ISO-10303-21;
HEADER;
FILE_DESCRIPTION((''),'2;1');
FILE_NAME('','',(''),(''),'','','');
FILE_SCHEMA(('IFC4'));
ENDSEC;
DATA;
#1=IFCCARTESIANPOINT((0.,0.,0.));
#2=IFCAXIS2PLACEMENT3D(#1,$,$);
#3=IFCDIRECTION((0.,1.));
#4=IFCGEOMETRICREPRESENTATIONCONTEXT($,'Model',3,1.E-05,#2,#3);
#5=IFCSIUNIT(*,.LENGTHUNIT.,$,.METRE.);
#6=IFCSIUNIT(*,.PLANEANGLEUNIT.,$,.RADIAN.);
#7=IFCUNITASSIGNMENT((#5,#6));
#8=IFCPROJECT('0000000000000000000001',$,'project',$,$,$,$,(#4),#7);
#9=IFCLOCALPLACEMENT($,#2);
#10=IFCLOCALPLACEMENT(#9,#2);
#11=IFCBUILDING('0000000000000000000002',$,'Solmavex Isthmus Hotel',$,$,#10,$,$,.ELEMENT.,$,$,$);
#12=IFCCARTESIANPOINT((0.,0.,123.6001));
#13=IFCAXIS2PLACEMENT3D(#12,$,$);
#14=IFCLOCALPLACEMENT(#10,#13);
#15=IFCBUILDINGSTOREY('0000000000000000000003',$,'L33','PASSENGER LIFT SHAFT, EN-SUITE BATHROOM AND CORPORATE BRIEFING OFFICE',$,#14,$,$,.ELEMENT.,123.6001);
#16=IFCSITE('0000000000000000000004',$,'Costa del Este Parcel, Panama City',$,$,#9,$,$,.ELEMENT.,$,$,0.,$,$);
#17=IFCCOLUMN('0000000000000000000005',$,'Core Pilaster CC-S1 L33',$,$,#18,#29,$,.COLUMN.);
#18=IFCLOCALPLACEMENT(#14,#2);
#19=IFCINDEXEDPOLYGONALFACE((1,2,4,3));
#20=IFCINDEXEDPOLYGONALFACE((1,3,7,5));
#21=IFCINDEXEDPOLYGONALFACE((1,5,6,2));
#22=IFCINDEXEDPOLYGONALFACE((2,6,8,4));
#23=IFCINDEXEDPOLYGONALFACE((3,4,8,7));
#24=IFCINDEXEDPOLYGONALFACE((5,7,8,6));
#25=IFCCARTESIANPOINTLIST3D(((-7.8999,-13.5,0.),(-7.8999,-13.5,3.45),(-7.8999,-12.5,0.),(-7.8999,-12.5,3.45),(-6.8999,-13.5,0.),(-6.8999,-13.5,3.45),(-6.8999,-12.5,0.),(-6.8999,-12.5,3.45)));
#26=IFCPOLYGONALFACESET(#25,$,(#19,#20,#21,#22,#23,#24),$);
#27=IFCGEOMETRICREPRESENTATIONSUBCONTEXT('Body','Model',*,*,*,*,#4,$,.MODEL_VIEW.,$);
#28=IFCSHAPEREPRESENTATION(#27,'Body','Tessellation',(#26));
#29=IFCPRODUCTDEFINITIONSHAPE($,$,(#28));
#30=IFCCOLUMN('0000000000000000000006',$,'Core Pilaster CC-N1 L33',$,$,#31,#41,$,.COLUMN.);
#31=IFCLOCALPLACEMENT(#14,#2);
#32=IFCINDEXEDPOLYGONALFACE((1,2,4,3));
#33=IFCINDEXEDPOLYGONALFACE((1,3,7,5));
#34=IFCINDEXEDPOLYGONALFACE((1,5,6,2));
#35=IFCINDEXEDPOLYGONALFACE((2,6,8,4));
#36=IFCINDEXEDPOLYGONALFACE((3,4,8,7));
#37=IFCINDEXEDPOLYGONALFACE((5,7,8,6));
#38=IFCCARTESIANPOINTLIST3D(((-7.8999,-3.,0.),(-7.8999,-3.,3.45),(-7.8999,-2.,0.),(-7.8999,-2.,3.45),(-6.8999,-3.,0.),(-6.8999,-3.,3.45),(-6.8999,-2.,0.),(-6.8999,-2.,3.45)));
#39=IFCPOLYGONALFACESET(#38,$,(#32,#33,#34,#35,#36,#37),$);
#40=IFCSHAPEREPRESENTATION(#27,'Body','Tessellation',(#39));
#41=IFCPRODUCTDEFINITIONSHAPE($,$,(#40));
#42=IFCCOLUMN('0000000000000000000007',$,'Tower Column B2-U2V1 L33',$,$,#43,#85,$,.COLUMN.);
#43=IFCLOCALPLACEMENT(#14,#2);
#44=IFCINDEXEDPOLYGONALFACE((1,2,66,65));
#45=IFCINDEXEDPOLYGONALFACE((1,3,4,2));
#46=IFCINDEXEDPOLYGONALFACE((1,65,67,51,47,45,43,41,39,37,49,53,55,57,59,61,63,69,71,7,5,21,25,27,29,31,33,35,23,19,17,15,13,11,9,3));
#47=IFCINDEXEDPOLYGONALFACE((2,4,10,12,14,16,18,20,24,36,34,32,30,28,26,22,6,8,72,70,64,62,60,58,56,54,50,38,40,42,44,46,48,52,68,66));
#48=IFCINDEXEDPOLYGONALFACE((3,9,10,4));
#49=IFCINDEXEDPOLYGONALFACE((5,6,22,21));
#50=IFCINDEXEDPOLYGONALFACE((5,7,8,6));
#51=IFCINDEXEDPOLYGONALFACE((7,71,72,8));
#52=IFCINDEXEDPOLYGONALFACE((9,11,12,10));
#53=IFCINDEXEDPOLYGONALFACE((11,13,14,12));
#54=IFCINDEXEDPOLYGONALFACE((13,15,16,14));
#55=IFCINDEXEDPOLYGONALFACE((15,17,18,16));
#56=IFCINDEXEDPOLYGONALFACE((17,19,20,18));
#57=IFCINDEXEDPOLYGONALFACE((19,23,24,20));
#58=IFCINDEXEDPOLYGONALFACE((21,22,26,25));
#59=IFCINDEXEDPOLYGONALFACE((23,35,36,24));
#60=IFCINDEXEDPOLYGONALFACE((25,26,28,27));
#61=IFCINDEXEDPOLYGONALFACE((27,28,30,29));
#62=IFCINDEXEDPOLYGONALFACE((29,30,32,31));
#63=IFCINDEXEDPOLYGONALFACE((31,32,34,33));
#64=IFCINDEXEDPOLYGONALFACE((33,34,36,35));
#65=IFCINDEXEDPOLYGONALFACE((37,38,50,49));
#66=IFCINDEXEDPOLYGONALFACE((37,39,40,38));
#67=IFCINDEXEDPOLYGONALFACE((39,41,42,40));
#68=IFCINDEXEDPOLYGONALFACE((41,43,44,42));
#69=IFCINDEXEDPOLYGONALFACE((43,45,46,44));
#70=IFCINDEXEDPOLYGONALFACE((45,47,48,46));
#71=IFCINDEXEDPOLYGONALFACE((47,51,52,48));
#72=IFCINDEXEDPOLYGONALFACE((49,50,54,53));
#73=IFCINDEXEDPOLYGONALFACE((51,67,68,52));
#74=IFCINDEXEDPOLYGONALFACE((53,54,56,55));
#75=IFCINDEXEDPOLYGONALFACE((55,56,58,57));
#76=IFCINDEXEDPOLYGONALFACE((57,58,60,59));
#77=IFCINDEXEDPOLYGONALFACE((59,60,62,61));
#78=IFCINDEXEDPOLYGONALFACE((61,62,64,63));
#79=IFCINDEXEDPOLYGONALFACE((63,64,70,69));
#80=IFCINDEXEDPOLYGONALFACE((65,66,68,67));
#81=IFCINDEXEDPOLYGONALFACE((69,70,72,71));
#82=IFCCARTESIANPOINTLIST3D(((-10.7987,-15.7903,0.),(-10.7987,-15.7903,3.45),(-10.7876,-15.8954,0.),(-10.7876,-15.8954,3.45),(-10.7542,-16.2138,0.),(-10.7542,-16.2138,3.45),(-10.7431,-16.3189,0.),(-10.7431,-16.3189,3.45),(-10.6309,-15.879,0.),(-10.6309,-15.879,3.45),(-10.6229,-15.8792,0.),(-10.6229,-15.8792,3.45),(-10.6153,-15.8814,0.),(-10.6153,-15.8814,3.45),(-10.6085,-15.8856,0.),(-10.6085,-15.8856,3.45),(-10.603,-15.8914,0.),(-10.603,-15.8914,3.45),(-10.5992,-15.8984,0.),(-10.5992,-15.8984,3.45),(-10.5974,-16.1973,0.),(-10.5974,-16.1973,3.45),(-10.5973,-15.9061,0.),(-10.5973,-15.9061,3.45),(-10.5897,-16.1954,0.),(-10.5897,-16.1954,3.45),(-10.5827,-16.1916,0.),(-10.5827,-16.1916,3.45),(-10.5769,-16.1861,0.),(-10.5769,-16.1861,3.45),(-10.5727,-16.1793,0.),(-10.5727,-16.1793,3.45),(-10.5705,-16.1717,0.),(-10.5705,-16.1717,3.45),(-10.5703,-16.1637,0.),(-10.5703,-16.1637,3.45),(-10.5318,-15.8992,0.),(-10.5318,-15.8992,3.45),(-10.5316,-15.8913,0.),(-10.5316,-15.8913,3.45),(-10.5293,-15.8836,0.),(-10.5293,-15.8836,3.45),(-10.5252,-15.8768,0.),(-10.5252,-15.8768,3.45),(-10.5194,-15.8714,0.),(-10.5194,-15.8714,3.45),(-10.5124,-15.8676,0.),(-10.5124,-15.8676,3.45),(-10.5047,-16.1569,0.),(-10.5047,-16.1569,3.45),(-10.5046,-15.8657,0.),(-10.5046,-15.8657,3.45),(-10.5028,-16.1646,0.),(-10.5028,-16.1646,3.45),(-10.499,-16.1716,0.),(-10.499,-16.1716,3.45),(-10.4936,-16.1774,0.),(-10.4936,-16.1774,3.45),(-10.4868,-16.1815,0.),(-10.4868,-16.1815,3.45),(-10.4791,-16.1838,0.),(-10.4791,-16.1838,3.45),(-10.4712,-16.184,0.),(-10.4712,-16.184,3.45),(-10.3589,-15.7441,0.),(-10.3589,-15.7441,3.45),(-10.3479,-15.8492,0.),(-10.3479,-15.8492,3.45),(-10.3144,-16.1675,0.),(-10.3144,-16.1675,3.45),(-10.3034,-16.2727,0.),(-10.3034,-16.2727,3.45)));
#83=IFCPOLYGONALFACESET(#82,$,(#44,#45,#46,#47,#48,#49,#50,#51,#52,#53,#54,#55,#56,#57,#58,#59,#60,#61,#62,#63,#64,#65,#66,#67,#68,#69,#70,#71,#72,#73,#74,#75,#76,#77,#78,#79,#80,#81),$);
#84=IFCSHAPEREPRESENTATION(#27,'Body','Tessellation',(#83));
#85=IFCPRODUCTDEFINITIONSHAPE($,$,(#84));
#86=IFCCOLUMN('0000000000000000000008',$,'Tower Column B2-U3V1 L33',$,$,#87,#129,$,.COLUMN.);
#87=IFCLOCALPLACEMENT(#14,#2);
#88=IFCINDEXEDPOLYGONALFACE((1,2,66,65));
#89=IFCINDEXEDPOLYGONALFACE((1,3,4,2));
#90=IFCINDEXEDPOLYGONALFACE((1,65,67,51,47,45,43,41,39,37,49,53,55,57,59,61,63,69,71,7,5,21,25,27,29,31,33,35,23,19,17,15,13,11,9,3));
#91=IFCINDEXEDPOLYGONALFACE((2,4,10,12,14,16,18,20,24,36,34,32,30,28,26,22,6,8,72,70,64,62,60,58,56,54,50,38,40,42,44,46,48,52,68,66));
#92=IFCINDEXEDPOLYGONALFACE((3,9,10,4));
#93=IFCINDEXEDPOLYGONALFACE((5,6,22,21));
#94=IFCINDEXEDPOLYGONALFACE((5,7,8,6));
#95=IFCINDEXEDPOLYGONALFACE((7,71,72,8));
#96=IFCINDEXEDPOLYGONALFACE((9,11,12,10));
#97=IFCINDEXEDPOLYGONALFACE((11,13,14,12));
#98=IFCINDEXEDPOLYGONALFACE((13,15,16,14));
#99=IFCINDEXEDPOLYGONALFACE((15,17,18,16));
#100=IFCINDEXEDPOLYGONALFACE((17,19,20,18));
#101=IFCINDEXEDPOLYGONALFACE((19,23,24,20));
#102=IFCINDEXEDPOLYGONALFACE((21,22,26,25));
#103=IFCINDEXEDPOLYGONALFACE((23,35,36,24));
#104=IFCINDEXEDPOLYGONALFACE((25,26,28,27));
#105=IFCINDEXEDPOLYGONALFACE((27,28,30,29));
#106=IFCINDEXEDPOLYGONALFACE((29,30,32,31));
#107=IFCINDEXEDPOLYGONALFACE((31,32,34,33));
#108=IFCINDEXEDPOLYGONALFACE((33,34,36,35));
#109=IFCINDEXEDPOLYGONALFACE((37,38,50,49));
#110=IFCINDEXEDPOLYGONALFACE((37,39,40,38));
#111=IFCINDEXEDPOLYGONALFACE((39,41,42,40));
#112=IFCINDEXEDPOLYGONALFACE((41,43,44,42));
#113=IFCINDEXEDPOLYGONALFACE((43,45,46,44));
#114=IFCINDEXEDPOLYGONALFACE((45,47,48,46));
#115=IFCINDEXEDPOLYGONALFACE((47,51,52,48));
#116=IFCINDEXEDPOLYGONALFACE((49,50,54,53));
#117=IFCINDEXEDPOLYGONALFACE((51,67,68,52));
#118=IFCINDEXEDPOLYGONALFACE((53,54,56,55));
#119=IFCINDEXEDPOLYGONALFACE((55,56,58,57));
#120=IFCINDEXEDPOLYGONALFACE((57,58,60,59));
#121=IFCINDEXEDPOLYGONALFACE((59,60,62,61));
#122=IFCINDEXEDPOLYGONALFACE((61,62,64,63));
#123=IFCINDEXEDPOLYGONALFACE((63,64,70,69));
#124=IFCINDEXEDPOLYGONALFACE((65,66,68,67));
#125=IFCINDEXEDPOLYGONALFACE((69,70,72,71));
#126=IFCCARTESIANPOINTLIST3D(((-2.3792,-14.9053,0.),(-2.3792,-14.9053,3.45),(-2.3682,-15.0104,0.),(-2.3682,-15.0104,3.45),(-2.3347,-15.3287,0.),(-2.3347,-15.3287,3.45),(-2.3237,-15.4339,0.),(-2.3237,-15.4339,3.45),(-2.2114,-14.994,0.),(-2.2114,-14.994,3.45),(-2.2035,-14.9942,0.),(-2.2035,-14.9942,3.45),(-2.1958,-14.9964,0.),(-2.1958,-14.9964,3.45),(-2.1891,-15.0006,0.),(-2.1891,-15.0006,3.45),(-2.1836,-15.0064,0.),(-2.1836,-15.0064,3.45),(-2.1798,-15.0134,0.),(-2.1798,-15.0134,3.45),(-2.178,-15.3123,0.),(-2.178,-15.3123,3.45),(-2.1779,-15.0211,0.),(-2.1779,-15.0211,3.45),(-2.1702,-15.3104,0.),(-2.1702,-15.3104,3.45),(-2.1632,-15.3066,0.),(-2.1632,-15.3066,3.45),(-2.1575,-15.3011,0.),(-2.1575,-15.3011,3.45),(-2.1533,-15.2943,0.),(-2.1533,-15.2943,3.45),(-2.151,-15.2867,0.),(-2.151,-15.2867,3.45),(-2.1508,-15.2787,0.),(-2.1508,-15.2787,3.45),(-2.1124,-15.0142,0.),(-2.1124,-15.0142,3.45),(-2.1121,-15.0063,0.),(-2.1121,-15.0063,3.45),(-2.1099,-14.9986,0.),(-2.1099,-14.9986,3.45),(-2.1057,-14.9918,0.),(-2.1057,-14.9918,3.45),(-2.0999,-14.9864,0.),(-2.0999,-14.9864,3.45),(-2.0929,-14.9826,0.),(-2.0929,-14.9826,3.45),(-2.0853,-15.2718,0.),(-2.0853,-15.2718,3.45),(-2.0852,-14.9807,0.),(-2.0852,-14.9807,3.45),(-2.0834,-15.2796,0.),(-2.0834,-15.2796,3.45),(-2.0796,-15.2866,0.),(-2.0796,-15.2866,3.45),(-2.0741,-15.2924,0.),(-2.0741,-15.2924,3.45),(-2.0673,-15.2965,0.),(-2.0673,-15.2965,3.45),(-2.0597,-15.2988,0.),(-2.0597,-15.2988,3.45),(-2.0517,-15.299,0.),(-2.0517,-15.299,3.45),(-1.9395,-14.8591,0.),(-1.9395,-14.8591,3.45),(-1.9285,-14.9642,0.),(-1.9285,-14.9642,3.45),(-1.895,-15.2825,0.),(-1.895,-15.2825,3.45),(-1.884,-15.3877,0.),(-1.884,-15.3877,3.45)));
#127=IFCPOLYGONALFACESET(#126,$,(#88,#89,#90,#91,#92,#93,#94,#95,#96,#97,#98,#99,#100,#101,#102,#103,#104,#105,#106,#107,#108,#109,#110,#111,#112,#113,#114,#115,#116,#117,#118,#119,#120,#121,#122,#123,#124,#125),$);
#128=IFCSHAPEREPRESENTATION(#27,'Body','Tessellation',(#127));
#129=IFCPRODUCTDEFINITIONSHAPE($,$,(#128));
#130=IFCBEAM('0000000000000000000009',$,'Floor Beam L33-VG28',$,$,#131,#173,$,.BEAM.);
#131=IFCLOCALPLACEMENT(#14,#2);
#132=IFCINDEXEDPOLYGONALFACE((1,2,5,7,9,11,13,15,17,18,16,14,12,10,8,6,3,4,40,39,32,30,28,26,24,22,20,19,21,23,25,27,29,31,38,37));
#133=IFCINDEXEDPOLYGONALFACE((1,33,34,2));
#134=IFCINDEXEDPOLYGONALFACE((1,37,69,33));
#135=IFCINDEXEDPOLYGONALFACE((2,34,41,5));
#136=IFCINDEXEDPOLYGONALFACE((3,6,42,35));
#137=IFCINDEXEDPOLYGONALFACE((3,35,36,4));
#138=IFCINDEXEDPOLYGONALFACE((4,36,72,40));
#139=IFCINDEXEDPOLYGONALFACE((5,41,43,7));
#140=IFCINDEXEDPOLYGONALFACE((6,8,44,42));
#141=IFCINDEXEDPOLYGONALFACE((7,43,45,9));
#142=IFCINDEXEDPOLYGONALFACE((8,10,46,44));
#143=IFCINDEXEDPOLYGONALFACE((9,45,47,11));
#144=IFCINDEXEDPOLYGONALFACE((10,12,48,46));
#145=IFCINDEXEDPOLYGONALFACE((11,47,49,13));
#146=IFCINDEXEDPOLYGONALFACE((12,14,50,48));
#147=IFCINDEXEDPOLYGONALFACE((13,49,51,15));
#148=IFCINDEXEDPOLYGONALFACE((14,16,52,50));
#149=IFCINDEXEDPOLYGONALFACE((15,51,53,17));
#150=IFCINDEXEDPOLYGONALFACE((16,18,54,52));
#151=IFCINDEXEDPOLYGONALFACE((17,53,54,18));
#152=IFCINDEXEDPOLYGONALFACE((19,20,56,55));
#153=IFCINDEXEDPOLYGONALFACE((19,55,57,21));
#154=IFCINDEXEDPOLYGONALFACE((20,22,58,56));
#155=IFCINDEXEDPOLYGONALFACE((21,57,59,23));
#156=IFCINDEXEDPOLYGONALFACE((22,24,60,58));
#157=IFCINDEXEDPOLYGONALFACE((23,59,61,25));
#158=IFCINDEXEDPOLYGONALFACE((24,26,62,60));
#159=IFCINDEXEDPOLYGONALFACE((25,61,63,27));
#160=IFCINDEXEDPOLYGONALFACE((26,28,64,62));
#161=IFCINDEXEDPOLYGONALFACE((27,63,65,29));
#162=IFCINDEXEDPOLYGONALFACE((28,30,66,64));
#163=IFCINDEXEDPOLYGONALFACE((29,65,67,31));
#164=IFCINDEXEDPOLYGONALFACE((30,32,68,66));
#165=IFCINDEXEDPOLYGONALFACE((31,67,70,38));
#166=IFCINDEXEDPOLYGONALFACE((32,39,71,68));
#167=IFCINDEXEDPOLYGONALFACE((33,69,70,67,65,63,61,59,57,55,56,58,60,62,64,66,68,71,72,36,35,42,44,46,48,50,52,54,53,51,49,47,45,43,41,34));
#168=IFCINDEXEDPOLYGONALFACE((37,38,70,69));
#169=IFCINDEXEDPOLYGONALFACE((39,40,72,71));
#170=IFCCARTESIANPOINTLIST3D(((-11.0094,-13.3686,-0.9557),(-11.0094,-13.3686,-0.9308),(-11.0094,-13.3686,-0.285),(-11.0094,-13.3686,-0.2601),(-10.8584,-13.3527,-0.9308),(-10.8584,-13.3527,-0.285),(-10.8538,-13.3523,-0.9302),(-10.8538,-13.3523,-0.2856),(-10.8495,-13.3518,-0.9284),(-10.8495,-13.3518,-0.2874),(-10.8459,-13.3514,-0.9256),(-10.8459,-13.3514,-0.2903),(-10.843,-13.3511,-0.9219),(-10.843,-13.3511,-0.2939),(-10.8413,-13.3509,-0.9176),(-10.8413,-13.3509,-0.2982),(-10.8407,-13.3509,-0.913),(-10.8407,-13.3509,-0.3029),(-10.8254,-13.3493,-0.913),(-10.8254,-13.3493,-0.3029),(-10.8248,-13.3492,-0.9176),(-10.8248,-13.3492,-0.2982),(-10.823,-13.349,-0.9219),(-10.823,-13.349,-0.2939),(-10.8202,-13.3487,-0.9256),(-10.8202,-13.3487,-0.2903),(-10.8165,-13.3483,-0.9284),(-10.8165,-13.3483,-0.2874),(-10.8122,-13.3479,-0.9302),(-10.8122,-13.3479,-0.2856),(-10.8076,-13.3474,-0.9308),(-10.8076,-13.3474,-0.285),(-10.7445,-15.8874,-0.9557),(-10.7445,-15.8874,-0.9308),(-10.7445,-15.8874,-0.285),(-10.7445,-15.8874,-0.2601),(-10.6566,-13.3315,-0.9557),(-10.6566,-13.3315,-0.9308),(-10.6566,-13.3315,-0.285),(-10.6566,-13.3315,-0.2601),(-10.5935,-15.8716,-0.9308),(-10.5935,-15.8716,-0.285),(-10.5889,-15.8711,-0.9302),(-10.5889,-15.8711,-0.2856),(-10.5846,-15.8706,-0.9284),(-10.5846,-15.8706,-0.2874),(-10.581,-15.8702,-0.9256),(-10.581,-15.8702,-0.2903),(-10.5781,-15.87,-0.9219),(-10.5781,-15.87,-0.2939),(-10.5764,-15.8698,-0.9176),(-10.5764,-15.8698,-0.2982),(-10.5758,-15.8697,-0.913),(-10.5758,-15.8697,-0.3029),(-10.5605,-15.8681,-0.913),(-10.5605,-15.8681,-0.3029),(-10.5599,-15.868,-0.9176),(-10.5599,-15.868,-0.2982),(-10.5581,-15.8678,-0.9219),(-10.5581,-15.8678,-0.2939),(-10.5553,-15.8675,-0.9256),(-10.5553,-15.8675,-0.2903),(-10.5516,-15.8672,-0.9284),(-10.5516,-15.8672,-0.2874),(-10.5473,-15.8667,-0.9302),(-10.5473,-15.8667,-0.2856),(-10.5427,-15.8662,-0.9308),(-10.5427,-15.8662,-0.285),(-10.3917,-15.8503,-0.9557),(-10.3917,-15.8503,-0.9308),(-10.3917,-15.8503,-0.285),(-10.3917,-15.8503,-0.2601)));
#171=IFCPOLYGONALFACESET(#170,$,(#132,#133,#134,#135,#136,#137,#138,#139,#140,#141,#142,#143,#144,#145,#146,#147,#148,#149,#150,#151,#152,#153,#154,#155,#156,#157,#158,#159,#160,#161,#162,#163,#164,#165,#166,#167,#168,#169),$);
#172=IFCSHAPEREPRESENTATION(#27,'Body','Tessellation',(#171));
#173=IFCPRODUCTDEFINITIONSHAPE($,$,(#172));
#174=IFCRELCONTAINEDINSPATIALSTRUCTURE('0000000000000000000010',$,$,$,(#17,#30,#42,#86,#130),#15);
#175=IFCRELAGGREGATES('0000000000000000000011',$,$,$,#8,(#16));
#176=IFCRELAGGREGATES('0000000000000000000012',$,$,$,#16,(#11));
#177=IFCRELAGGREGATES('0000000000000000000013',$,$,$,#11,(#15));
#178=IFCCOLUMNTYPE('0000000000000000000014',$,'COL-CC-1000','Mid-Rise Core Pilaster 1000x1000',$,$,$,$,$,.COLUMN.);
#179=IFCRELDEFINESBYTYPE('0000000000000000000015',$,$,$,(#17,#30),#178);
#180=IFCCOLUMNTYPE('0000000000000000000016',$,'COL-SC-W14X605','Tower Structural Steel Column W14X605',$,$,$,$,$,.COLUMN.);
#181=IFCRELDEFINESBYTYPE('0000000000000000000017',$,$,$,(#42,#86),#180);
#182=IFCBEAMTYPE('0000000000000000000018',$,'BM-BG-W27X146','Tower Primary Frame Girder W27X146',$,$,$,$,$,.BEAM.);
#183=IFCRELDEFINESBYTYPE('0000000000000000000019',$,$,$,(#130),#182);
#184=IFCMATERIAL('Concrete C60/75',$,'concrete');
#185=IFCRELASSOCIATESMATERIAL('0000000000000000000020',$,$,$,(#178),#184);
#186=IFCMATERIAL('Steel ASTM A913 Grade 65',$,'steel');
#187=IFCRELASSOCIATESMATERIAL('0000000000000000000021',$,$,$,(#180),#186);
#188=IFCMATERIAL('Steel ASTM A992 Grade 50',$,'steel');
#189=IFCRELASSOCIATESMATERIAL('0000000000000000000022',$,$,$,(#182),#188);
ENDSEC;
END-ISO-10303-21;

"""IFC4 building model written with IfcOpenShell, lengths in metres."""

from ifc_helpers import new_model, si_unit, direction, frame, origin, origin_2d, place, context, subcontext, project, spatial, rectangle, i_section, extrude, material, material_profile, profile_set, type_object, element, save


model = new_model("IFC4")

# Units and contexts
model_context = context("Model", 3, precision=1e-05, world=origin(), true_north=direction((0.0, 1.0)))
body_context = subcontext(model_context, "Body", "Model", "MODEL_VIEW")
ifc_project = project(units=[si_unit("LENGTHUNIT", "METRE"), si_unit("PLANEANGLEUNIT", "RADIAN")], contexts=[model_context])

# Site, building, storey
site_placement = place(None, origin())
site = spatial("IfcSite", under=ifc_project, at=site_placement, Name="Costa del Este Parcel, Panama City", CompositionType="ELEMENT", RefElevation=0.0)
building_placement = place(site_placement, origin())
building = spatial("IfcBuilding", under=site, at=building_placement, Name="Solmavex Isthmus Hotel", CompositionType="ELEMENT")
storey_placement = place(building_placement, frame((0.0, 0.0, 123.6001)))
storey = spatial("IfcBuildingStorey", under=building, at=storey_placement, Name="L33", Description="PASSENGER LIFT SHAFT, EN-SUITE BATHROOM AND CORPORATE BRIEFING OFFICE", CompositionType="ELEMENT", Elevation=123.6001)

# Columns
ifc_material_1 = material(Name="Concrete C60/75", Category="concrete")
ifc_material_profile_1 = material_profile(ifc_material_1, rectangle(XDim=1.0, YDim=1.0, at=origin_2d()), Name="RC1000X1000")
ifc_profile_set_1 = profile_set([ifc_material_profile_1], Name="Concrete C60/75")
column_type_1 = type_object("IfcColumnType", Name="COL-CC-1000", Description="Mid-Rise Core Pilaster 1000x1000", PredefinedType="COLUMN", material=ifc_profile_set_1)
for number, where, z_axis, x_axis, name in (
    (1, (-7.3999, -13.0, 0.0), (0.0, 0.0, 1.0), (1.0, 0.0, 0.0), "Core Pilaster CC-S1 L33"),
    (2, (-7.3999, -2.5, 0.0), (0.0, 0.0, 1.0), (1.0, 0.0, 0.0), "Core Pilaster CC-N1 L33"),
):
    element("IfcColumn", number, at=place(storey_placement, frame(where, z_axis=z_axis, x_axis=x_axis)), inside=storey, type_object=column_type_1, Name=name, PredefinedType="COLUMN", context=body_context, shape_type="SweptSolid", body=[
        extrude(rectangle(XDim=1.0, YDim=1.0, at=origin_2d()), origin(), (0.0, 0.0, 1.0), 3.45),
    ])
ifc_material_2 = material(Name="Steel ASTM A913 Grade 65", Category="steel")
ifc_material_profile_2 = material_profile(ifc_material_2, i_section(OverallWidth=0.4421, OverallDepth=0.5315, WebThickness=0.0659, FlangeThickness=0.1057, FilletRadius=0.0305, at=origin_2d()), Name="W14X605")
ifc_profile_set_2 = profile_set([ifc_material_profile_2], Name="Steel ASTM A913 Grade 65")
column_type_2 = type_object("IfcColumnType", Name="COL-SC-W14X605", Description="Tower Structural Steel Column W14X605", PredefinedType="COLUMN", material=ifc_profile_set_2)
for number, where, z_axis, x_axis, name in (
    (3, (-10.551, -16.0315, 0.0), (0.0, 0.0, 1.0), (0.994522, 0.104528, 0.0), "Tower Column B2-U2V1 L33"),
    (4, (-2.1316, -15.1465, 0.0), (0.0, 0.0, 1.0), (0.994522, 0.104528, 0.0), "Tower Column B2-U3V1 L33"),
):
    element("IfcColumn", number, at=place(storey_placement, frame(where, z_axis=z_axis, x_axis=x_axis)), inside=storey, type_object=column_type_2, Name=name, PredefinedType="COLUMN", context=body_context, shape_type="SweptSolid", body=[
        extrude(i_section(OverallWidth=0.4421, OverallDepth=0.5315, WebThickness=0.0659, FlangeThickness=0.1057, FilletRadius=0.0305, at=origin_2d()), origin(), (0.0, 0.0, 1.0), 3.45),
    ])

# Beam
ifc_material_3 = material(Name="Steel ASTM A992 Grade 50", Category="steel")
ifc_material_profile_3 = material_profile(ifc_material_3, i_section(OverallWidth=0.3547, OverallDepth=0.6956, WebThickness=0.0154, FlangeThickness=0.0249, FilletRadius=0.0178, at=origin_2d()), Name="W27X146")
ifc_profile_set_3 = profile_set([ifc_material_profile_3], Name="Steel ASTM A992 Grade 50")
beam_type_1 = type_object("IfcBeamType", Name="BM-BG-W27X146", Description="Tower Primary Frame Girder W27X146", PredefinedType="BEAM", material=ifc_profile_set_3)
beam_1_placement = place(storey_placement, frame((-10.5681, -15.8689, -0.6079), z_axis=(-0.104589, 0.994515, 0.0), x_axis=(-0.994515, -0.104589, 0.0)))
element("IfcBeam", 5, at=beam_1_placement, inside=storey, type_object=beam_type_1, Name="Floor Beam L33-VG28", PredefinedType="BEAM", context=body_context, shape_type="SweptSolid", body=[
    extrude(i_section(OverallWidth=0.3547, OverallDepth=0.6956, WebThickness=0.0154, FlangeThickness=0.0249, FilletRadius=0.0178, at=origin_2d()), origin(), (0.0, 0.0, 1.0), 2.5327),
])

save(model, "model.ifc")
